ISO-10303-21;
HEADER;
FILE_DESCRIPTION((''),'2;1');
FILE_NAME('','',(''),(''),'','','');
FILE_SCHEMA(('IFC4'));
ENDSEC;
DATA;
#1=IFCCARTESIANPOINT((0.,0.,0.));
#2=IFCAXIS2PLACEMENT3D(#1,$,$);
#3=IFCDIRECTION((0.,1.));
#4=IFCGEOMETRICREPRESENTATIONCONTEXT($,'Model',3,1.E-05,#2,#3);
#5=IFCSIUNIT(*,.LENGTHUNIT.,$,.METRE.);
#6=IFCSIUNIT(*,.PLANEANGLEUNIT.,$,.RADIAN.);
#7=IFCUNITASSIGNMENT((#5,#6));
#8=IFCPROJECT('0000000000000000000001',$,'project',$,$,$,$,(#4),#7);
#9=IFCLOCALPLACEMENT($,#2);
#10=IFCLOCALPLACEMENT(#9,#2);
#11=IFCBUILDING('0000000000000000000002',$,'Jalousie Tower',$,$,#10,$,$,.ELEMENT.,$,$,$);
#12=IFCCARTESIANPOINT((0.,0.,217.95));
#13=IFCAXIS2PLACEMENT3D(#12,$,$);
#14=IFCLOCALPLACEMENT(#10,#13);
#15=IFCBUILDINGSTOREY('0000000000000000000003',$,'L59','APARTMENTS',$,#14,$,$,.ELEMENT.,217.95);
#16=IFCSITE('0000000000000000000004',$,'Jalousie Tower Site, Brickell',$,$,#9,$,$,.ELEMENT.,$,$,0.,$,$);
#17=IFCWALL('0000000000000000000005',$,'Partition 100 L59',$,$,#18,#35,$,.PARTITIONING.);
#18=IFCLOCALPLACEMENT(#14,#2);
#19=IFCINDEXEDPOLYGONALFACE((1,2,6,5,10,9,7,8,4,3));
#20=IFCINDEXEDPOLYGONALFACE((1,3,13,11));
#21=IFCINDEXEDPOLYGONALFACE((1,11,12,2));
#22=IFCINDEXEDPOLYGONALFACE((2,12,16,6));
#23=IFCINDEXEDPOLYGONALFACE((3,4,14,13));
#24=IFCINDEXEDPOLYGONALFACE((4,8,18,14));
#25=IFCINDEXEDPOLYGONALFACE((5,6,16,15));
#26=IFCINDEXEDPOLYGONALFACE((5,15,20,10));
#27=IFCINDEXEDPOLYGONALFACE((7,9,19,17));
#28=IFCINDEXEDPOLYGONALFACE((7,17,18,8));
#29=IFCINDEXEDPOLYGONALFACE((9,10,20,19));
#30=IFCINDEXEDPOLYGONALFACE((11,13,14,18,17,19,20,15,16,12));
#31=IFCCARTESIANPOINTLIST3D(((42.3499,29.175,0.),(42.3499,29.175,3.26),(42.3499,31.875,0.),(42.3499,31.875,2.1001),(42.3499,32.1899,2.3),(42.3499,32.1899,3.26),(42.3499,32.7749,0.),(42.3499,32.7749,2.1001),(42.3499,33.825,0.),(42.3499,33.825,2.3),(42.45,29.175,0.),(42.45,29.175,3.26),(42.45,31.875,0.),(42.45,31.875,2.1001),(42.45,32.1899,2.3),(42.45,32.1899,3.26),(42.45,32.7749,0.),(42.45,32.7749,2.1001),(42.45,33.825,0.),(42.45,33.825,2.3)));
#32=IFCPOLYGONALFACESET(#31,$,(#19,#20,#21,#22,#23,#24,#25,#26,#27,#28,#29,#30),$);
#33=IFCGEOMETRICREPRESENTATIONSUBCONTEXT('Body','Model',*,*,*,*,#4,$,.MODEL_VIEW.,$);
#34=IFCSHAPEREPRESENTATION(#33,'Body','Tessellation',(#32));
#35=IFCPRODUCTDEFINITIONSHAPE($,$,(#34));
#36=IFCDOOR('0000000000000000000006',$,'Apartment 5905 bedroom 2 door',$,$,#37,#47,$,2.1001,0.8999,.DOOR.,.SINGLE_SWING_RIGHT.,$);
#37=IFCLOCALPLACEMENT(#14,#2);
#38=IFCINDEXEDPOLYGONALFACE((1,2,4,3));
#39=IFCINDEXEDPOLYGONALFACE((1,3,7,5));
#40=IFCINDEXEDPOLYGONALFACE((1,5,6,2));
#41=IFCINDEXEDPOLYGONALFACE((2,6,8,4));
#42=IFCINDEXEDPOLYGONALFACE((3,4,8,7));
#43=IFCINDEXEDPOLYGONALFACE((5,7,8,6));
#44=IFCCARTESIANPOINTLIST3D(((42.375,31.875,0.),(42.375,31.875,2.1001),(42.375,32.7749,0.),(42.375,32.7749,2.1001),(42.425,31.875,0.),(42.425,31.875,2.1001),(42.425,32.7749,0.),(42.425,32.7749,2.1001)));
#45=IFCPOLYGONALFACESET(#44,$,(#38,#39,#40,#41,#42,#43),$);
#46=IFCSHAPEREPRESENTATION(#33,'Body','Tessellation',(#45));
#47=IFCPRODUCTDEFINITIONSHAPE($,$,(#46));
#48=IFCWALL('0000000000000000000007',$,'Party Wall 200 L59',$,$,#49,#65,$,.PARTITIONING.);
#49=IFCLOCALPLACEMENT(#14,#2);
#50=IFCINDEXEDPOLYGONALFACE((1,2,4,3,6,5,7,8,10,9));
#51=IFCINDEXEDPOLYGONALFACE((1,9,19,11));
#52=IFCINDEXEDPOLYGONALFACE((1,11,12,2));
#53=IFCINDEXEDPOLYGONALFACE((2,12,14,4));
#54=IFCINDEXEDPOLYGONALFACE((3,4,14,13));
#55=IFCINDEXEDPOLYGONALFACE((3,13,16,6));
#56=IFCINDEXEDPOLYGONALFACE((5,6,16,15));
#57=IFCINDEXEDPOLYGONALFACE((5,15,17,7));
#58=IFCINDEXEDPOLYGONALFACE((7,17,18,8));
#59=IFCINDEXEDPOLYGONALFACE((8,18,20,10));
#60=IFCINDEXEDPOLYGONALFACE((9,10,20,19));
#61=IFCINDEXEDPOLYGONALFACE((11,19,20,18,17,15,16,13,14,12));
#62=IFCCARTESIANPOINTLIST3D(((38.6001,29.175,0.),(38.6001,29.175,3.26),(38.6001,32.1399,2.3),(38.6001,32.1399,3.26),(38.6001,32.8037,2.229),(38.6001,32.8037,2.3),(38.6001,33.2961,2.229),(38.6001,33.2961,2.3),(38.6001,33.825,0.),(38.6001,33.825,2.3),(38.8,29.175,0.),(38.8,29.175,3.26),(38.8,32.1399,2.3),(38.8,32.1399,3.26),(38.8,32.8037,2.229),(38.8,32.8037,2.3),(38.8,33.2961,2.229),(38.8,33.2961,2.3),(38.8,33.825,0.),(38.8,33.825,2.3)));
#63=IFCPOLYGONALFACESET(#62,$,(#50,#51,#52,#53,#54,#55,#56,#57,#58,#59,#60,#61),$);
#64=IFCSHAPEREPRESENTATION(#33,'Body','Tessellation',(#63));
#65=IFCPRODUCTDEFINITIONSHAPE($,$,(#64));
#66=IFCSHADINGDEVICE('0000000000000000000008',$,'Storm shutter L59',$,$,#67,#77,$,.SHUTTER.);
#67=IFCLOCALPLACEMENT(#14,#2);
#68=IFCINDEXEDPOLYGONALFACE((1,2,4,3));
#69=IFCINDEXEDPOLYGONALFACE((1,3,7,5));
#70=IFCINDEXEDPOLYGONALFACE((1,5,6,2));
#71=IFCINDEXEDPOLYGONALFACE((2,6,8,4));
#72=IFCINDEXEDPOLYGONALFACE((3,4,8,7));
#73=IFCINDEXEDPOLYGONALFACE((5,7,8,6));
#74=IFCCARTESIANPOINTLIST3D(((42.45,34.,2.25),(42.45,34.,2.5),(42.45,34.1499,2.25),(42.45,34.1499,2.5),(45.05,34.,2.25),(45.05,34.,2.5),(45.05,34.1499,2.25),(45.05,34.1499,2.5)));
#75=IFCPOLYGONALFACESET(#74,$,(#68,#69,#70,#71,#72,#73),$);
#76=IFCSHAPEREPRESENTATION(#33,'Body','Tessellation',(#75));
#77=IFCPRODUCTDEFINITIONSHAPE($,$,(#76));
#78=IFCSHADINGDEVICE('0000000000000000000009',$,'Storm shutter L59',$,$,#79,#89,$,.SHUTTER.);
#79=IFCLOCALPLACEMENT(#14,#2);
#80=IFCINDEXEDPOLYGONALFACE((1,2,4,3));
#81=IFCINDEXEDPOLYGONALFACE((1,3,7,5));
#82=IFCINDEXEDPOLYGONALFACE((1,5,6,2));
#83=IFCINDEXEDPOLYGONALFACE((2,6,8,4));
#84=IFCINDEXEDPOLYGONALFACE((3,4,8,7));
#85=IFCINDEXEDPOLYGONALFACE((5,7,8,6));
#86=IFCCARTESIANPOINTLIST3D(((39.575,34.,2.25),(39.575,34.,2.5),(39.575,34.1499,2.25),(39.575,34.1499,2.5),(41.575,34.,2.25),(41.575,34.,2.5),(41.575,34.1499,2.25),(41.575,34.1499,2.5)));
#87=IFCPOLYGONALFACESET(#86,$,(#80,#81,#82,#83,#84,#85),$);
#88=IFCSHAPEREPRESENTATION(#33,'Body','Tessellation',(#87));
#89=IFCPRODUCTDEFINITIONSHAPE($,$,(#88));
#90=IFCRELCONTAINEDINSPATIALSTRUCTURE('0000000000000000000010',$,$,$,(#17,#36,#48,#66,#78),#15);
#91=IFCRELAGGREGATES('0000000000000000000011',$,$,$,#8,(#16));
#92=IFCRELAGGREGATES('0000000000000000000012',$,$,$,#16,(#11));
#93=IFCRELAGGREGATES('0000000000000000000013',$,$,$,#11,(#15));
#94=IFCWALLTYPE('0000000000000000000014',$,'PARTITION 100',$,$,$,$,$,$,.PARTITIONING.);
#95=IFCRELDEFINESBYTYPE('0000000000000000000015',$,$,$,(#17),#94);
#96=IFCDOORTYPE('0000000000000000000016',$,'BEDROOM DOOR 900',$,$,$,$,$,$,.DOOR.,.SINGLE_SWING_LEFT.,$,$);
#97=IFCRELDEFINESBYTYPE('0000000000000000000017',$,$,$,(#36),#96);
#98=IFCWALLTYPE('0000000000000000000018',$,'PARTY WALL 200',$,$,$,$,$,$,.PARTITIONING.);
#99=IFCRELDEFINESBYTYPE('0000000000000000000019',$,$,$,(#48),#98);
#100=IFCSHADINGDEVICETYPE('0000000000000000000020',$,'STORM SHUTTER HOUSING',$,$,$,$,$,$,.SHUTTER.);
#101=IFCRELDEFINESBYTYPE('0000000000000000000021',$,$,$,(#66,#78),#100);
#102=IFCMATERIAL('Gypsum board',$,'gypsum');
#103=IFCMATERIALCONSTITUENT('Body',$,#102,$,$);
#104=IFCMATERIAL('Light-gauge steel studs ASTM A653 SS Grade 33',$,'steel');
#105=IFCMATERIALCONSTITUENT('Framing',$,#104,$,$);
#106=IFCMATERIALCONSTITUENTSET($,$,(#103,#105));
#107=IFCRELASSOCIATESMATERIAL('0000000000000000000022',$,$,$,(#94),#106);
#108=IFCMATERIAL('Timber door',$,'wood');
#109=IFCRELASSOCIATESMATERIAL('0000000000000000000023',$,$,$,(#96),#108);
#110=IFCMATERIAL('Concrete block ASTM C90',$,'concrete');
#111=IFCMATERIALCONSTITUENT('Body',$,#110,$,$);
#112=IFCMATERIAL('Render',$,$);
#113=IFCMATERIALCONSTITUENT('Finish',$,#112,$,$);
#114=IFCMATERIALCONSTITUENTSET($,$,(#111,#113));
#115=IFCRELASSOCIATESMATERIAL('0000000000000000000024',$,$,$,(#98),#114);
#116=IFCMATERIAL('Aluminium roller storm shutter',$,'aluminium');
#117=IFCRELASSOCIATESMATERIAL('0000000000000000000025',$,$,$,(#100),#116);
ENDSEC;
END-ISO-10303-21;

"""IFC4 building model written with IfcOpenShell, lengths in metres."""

from ifc_helpers import new_model, si_unit, direction, frame, frame_2d, origin, origin_2d, place, context, subcontext, project, spatial, polyline, rectangle, outline, extrude, material, constituent, constituent_set, type_object, element, fill, save


model = new_model("IFC4")

# Units and contexts
model_context = context("Model", 3, precision=1e-05, world=origin(), true_north=direction((0.0, 1.0)))
body_context = subcontext(model_context, "Body", "Model", "MODEL_VIEW")
ifc_project = project(units=[si_unit("LENGTHUNIT", "METRE"), si_unit("PLANEANGLEUNIT", "RADIAN")], contexts=[model_context])

# Site, building, storey
site_placement = place(None, origin())
site = spatial("IfcSite", under=ifc_project, at=site_placement, Name="Jalousie Tower Site, Brickell", CompositionType="ELEMENT", RefElevation=0.0)
building_placement = place(site_placement, origin())
building = spatial("IfcBuilding", under=site, at=building_placement, Name="Jalousie Tower", CompositionType="ELEMENT")
storey_placement = place(building_placement, frame((0.0, 0.0, 217.95)))
storey = spatial("IfcBuildingStorey", under=building, at=storey_placement, Name="L59", Description="APARTMENTS", CompositionType="ELEMENT", Elevation=217.95)

# Wall, opening, door
ifc_material_1 = material(Name="Gypsum board", Category="gypsum")
ifc_constituent_1 = constituent(ifc_material_1, Name="Body")
ifc_material_2 = material(Name="Light-gauge steel studs ASTM A653 SS Grade 33", Category="steel")
ifc_constituent_2 = constituent(ifc_material_2, Name="Framing")
ifc_constituent_set_1 = constituent_set(constituents=[ifc_constituent_1, ifc_constituent_2])
wall_type_1 = type_object("IfcWallType", Name="PARTITION 100", PredefinedType="PARTITIONING", material=ifc_constituent_set_1)
wall_1_placement = place(storey_placement, frame((42.3999, 33.825, 0.0), z_axis=(0.0, 0.0, 1.0), x_axis=(0.0, -1.0, 0.0)))
wall_1 = element("IfcWall", 1, at=wall_1_placement, inside=storey, type_object=wall_type_1, Name="Partition 100 L59", PredefinedType="PARTITIONING", context=body_context, shape_type="SweptSolid", body=[
    extrude(outline(polyline([(0.0, 0.0), (4.6499, 0.0), (4.6499, 3.26), (1.635, 3.26), (1.635, 2.3), (0.0, 2.3), (0.0, 3.26), (0.0, 0.0)])), frame((0.0, 0.05, 0.0), z_axis=(0.0, -1.0, 0.0), x_axis=(1.0, 0.0, 0.0)), (0.0, 0.0, 1.0), 0.1001),
])
opening_placement = place(wall_1_placement, frame((1.05, 0.0, 0.0)))
opening = element("IfcOpeningElement", 2, at=opening_placement, cuts=wall_1, PredefinedType="OPENING", context=body_context, shape_type="SweptSolid", body=[
    extrude(rectangle(XDim=0.8999, YDim=2.1001, at=frame_2d((0.45, 1.05))), frame((0.0, 0.0601, 0.0), z_axis=(0.0, -1.0, 0.0), x_axis=(1.0, 0.0, 0.0)), (0.0, 0.0, 1.0), 0.1201),
])
ifc_material_3 = material(Name="Timber door", Category="wood")
door_type = type_object("IfcDoorType", Name="BEDROOM DOOR 900", OperationType="SINGLE_SWING_LEFT", PredefinedType="DOOR", material=ifc_material_3)
door_placement = place(opening_placement, frame((0.8999, 0.0, 0.0), z_axis=(0.0, 0.0, 1.0), x_axis=(-1.0, 0.0, 0.0)))
door = element("IfcDoor", 3, at=door_placement, inside=storey, type_object=door_type, Name="Apartment 5905 bedroom 2 door", OperationType="SINGLE_SWING_RIGHT", OverallHeight=2.1001, OverallWidth=0.8999, PredefinedType="DOOR", context=body_context, shape_type="SweptSolid", body=[
    extrude(rectangle(XDim=0.8999, YDim=2.1001, at=frame_2d((0.45, 1.05))), frame((0.0, 0.0249, 0.0), z_axis=(0.0, -1.0, 0.0), x_axis=(1.0, 0.0, 0.0)), (0.0, 0.0, 1.0), 0.05),
])
fill(opening, door)

# Wall
ifc_material_4 = material(Name="Concrete block ASTM C90", Category="concrete")
ifc_constituent_3 = constituent(ifc_material_4, Name="Body")
ifc_material_5 = material(Name="Render")
ifc_constituent_4 = constituent(ifc_material_5, Name="Finish")
ifc_constituent_set_2 = constituent_set(constituents=[ifc_constituent_3, ifc_constituent_4])
wall_type_2 = type_object("IfcWallType", Name="PARTY WALL 200", PredefinedType="PARTITIONING", material=ifc_constituent_set_2)
wall_2_placement = place(storey_placement, frame((38.7, 33.825, 0.0), z_axis=(0.0, 0.0, 1.0), x_axis=(0.0, -1.0, 0.0)))
element("IfcWall", 4, at=wall_2_placement, inside=storey, type_object=wall_type_2, Name="Party Wall 200 L59", PredefinedType="PARTITIONING", context=body_context, shape_type="SweptSolid", body=[
    extrude(outline(polyline([(0.0, 0.0), (4.6499, 0.0), (4.6499, 3.26), (1.6851, 3.26), (1.6851, 2.3), (1.0212, 2.3), (1.0212, 2.229), (0.5288, 2.229), (0.5288, 2.3), (0.0, 2.3), (0.0, 0.0)])), frame((0.0, 0.1001, 0.0), z_axis=(0.0, -1.0, 0.0), x_axis=(1.0, 0.0, 0.0)), (0.0, 0.0, 1.0), 0.2),
])

# Shading devices
ifc_material_6 = material(Name="Aluminium roller storm shutter", Category="aluminium")
shading_device_type = type_object("IfcShadingDeviceType", Name="STORM SHUTTER HOUSING", PredefinedType="SHUTTER", material=ifc_material_6)
shading_device_1_placement = place(storey_placement, frame((43.75, 34.075, 2.25), z_axis=(0.0, 0.0, 1.0), x_axis=(-1.0, 0.0, 0.0)))
element("IfcShadingDevice", 5, at=shading_device_1_placement, inside=storey, type_object=shading_device_type, Name="Storm shutter L59", PredefinedType="SHUTTER", context=body_context, shape_type="SweptSolid", body=[
    extrude(rectangle(XDim=2.6001, YDim=0.1499, at=origin_2d()), origin(), (0.0, 0.0, 1.0), 0.25),
])
shading_device_2_placement = place(storey_placement, frame((40.575, 34.075, 2.25), z_axis=(0.0, 0.0, 1.0), x_axis=(-1.0, 0.0, 0.0)))
element("IfcShadingDevice", 6, at=shading_device_2_placement, inside=storey, type_object=shading_device_type, Name="Storm shutter L59", PredefinedType="SHUTTER", context=body_context, shape_type="SweptSolid", body=[
    extrude(rectangle(XDim=2.0, YDim=0.1499, at=origin_2d()), origin(), (0.0, 0.0, 1.0), 0.25),
])

save(model, "model.ifc")
